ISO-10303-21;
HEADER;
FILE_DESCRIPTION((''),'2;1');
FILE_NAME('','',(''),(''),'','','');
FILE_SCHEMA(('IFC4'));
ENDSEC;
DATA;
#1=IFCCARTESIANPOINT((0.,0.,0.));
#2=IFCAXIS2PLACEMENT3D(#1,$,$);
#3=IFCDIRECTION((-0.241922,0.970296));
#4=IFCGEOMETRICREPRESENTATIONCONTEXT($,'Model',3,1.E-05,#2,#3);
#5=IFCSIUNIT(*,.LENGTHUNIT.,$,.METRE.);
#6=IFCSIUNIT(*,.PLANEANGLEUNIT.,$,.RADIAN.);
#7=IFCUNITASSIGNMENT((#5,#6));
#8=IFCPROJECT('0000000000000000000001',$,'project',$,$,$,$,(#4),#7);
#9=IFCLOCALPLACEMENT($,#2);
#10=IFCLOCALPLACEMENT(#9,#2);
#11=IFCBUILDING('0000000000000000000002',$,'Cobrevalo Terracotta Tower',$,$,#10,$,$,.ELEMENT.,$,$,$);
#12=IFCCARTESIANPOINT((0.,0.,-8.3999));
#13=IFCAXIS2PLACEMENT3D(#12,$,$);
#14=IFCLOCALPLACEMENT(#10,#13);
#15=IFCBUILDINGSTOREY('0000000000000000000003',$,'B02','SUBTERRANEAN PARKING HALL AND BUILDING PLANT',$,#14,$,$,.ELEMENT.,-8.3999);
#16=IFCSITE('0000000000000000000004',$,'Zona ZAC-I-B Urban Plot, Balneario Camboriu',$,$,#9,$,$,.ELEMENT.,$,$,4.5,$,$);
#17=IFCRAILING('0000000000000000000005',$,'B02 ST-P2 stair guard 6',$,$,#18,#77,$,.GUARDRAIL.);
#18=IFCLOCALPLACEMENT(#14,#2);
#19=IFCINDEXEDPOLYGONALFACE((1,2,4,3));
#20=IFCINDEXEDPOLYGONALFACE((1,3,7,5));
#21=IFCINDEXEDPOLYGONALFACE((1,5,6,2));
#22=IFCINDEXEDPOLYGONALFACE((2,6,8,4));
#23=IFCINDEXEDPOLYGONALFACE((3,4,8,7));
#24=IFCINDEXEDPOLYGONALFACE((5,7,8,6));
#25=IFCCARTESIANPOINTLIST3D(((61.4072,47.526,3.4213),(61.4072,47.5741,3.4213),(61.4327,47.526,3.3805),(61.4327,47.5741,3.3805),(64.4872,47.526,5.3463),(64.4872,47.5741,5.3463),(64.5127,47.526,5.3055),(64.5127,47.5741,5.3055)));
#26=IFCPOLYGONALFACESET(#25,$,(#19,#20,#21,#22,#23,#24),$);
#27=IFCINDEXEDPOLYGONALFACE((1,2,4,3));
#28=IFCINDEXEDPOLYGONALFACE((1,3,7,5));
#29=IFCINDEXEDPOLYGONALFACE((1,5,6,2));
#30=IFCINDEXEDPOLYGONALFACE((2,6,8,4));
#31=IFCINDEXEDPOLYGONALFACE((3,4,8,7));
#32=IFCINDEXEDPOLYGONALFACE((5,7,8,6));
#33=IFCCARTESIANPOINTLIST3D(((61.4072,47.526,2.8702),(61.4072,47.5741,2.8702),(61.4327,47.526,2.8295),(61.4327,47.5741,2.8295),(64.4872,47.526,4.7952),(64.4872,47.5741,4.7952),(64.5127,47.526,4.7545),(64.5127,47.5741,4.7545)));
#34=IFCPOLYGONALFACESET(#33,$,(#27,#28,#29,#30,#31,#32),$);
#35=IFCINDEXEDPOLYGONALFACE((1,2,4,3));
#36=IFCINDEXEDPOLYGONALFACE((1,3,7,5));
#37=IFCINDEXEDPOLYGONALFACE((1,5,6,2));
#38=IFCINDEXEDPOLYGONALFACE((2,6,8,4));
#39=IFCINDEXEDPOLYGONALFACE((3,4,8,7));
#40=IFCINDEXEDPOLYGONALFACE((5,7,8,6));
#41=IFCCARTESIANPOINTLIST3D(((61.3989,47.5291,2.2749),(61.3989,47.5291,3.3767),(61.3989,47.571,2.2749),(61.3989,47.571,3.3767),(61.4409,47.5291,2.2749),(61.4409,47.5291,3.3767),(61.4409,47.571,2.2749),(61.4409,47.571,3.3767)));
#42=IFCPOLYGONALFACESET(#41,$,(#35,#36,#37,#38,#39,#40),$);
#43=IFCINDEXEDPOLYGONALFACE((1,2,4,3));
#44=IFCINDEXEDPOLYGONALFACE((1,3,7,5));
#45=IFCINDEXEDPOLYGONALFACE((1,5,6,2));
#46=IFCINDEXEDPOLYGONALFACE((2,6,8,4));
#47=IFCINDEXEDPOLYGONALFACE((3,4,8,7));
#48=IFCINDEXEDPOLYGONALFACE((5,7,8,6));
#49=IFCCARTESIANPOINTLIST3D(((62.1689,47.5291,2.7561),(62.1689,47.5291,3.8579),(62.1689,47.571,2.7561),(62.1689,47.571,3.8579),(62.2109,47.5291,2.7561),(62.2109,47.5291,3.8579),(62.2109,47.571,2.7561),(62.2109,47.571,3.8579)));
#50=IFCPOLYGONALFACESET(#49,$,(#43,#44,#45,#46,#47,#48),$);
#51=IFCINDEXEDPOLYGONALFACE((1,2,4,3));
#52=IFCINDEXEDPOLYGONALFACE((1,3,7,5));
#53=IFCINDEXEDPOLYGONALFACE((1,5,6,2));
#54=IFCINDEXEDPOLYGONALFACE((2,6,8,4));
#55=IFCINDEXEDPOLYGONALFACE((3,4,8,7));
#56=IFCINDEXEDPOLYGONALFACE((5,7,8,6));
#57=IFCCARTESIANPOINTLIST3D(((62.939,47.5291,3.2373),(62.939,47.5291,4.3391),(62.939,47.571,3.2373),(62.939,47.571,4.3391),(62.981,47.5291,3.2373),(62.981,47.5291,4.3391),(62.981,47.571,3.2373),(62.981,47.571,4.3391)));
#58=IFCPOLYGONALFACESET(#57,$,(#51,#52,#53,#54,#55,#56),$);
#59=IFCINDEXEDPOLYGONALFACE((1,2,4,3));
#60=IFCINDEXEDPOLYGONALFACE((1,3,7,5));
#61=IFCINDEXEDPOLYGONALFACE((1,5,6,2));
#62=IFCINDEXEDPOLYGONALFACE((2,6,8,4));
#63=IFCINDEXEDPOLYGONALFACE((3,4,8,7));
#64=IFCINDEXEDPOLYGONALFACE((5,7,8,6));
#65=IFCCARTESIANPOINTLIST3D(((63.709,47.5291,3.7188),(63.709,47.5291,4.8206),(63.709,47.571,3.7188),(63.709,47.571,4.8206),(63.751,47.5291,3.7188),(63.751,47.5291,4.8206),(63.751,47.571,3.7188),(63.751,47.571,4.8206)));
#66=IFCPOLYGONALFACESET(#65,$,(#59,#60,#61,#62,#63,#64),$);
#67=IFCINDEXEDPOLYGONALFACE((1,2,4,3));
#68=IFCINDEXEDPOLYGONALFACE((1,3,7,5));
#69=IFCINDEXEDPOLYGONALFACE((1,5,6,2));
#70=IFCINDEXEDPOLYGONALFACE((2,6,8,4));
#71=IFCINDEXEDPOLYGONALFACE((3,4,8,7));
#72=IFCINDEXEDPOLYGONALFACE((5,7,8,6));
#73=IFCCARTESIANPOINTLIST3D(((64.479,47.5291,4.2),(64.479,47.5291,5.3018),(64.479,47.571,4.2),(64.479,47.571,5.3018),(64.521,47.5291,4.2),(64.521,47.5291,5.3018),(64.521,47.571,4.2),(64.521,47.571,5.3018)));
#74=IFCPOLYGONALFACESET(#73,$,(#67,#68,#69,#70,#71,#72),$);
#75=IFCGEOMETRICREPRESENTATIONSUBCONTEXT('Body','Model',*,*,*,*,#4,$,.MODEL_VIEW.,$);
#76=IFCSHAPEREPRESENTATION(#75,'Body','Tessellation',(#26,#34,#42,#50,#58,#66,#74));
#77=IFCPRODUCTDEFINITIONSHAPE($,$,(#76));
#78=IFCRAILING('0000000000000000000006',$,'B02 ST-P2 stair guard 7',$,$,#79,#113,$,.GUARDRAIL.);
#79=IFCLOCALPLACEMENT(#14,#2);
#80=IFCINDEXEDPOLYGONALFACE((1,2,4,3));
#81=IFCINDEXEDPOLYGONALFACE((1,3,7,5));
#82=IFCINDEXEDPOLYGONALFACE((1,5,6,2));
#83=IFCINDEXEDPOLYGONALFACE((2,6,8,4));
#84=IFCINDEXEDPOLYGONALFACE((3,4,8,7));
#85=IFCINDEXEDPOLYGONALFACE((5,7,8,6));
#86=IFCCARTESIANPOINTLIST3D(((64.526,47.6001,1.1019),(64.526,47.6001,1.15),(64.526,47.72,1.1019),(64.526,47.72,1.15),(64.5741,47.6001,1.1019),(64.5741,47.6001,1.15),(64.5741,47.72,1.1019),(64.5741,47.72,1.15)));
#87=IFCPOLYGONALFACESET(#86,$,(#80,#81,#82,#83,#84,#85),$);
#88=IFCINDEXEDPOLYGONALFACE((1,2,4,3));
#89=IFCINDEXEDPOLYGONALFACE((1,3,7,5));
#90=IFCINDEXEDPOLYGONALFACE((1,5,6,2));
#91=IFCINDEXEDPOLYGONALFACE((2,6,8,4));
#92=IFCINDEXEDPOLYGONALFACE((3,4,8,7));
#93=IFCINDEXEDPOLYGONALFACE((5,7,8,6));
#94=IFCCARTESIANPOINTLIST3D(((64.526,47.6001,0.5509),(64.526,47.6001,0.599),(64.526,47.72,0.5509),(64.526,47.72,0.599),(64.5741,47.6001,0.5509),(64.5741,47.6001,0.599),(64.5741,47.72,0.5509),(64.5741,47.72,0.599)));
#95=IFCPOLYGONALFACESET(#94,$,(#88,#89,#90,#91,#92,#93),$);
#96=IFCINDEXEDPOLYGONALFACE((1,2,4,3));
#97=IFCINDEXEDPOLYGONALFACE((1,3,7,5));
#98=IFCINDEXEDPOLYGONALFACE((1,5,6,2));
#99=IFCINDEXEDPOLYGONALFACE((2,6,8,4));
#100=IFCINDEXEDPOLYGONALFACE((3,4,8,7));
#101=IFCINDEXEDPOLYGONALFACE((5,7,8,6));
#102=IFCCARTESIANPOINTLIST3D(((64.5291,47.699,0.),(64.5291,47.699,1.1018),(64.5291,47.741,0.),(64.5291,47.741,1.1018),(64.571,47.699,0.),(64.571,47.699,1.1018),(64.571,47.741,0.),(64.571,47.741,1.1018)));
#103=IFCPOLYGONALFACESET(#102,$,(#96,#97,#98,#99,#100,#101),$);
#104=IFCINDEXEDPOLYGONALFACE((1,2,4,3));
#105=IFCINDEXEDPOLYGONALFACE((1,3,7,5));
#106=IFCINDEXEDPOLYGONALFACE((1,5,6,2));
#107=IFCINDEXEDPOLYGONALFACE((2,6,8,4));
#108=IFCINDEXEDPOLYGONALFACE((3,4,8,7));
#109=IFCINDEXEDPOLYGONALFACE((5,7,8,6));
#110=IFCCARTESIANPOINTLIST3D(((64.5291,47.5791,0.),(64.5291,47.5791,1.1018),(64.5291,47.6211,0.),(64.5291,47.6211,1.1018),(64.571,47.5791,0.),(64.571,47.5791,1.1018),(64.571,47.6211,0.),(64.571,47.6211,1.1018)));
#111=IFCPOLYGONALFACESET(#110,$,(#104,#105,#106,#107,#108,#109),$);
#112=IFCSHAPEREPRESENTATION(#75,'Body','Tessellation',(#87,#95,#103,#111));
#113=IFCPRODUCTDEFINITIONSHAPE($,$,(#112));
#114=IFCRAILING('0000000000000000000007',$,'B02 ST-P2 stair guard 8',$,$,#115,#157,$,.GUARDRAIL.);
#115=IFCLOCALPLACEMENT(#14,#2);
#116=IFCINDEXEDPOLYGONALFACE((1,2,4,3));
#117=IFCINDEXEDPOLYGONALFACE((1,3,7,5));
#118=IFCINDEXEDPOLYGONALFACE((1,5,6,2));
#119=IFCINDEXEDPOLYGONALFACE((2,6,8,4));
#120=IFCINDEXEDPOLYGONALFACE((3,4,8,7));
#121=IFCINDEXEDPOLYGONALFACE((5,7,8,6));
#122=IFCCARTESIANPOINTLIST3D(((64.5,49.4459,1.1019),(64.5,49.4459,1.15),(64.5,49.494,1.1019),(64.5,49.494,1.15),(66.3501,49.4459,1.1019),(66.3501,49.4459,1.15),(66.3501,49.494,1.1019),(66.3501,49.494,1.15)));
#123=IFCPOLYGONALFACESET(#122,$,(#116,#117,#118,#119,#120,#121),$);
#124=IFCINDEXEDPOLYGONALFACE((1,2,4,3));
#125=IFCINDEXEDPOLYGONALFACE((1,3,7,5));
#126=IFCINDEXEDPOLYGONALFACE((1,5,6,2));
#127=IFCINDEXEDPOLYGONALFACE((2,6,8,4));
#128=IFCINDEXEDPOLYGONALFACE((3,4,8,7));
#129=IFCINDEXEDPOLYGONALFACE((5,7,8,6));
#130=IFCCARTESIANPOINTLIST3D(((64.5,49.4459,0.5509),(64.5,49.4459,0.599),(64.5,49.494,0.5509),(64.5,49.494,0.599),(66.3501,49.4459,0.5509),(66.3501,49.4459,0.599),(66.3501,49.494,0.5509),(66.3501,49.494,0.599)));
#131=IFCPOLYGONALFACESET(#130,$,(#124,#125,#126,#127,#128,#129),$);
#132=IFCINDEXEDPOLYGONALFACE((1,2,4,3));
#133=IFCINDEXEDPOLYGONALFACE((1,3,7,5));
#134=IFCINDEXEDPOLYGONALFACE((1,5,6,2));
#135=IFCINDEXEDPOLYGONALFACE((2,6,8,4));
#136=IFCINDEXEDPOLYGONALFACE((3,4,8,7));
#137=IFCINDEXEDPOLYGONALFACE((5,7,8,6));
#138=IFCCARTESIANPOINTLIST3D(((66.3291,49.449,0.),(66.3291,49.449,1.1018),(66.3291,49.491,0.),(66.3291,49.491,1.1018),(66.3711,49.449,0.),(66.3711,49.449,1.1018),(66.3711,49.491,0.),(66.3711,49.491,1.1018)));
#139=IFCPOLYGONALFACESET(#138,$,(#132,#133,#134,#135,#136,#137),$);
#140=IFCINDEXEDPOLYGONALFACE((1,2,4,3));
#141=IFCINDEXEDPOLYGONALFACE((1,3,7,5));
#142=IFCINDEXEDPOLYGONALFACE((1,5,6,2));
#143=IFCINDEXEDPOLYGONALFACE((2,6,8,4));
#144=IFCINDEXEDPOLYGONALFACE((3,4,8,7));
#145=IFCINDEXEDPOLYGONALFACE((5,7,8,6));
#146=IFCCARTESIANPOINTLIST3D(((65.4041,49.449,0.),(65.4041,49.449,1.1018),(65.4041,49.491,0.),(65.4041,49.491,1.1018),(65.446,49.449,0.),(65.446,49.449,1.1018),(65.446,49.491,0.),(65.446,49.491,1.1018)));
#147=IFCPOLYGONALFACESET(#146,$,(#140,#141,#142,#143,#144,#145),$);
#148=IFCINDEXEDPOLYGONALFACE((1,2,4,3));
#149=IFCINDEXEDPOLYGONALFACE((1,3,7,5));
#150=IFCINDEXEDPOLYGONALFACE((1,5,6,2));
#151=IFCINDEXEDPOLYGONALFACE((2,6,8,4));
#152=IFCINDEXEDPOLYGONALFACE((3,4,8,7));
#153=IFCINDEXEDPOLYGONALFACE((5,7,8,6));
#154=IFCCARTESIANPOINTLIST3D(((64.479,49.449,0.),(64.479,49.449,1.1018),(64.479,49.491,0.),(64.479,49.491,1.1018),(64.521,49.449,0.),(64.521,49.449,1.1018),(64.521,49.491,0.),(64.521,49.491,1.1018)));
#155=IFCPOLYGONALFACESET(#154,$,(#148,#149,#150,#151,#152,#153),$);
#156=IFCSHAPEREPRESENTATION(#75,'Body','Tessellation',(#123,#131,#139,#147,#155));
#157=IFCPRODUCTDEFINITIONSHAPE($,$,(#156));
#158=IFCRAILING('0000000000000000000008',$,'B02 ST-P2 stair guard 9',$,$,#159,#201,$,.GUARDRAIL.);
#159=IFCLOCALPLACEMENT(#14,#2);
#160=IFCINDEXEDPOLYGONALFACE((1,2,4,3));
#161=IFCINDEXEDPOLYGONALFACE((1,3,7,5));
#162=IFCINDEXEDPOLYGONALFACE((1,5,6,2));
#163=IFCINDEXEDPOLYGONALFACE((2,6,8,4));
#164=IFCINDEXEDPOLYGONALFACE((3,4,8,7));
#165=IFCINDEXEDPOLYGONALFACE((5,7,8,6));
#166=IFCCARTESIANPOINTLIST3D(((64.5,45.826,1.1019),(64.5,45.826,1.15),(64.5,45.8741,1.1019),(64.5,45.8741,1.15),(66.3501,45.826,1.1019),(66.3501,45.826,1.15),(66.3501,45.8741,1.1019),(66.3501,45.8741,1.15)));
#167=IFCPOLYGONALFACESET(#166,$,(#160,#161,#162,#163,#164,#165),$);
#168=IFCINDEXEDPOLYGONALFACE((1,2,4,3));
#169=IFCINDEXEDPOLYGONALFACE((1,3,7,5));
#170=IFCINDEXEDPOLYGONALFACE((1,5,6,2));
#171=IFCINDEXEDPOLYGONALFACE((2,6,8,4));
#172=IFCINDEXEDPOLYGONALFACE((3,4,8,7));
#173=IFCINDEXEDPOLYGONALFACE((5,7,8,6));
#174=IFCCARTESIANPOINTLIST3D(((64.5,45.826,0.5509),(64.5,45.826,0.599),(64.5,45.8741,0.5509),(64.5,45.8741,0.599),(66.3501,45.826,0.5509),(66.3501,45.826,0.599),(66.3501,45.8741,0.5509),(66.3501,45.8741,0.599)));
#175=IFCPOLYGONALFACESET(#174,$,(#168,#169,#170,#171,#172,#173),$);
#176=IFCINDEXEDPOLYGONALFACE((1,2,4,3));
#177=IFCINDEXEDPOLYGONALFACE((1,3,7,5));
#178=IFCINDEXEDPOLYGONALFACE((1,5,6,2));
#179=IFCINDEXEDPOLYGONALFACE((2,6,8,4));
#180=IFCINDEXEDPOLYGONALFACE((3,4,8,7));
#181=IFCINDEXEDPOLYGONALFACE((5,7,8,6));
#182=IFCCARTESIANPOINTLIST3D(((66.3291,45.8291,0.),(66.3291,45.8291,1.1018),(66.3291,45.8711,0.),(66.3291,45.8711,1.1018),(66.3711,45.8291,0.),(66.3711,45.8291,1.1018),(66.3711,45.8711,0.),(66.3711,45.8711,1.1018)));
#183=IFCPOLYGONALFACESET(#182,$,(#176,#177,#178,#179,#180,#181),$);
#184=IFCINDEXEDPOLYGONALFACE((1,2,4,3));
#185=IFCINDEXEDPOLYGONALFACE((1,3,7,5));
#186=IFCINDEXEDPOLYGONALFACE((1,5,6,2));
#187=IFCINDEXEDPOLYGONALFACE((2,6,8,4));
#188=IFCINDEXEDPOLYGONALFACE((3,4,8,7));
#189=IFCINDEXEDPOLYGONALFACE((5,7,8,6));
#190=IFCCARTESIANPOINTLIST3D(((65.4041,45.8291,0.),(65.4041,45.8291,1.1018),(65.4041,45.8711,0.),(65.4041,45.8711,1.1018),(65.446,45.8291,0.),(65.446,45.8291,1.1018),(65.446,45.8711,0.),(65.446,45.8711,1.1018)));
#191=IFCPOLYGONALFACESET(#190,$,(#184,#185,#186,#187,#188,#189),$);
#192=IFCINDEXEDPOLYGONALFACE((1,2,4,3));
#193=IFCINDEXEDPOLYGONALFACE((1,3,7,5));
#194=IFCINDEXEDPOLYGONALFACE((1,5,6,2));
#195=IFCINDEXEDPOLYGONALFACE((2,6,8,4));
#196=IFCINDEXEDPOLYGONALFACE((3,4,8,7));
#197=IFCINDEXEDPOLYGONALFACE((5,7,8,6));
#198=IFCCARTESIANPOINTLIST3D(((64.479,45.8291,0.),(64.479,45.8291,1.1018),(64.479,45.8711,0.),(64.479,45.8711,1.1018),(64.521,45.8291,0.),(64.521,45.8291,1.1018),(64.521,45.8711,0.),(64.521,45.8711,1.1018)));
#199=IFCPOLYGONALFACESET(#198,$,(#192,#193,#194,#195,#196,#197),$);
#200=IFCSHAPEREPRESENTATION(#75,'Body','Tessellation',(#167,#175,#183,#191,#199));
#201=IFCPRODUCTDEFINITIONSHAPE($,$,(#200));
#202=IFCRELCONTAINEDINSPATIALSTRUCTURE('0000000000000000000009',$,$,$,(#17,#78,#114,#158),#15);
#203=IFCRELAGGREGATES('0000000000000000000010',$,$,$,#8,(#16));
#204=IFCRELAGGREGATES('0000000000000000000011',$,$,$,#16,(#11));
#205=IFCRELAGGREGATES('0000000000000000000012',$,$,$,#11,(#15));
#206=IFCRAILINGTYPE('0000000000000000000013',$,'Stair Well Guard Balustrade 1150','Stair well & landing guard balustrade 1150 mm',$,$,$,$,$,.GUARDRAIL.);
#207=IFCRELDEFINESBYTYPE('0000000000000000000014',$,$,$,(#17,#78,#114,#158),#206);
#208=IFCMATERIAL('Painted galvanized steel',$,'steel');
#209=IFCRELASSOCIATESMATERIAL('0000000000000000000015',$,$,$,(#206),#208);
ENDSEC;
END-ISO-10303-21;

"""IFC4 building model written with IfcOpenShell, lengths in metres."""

from ifc_helpers import new_model, si_unit, direction, frame, origin, origin_2d, place, context, subcontext, project, spatial, rectangle, extrude, material, type_object, element, save


model = new_model("IFC4")

# Units and contexts
model_context = context("Model", 3, precision=1e-05, world=origin(), true_north=direction((-0.241922, 0.970296)))
body_context = subcontext(model_context, "Body", "Model", "MODEL_VIEW")
ifc_project = project(units=[si_unit("LENGTHUNIT", "METRE"), si_unit("PLANEANGLEUNIT", "RADIAN")], contexts=[model_context])

# Site, building, storey
site_placement = place(None, origin())
site = spatial("IfcSite", under=ifc_project, at=site_placement, Name="Zona ZAC-I-B Urban Plot, Balneario Camboriu", CompositionType="ELEMENT", RefElevation=4.5)
building_placement = place(site_placement, origin())
building = spatial("IfcBuilding", under=site, at=building_placement, Name="Cobrevalo Terracotta Tower", CompositionType="ELEMENT")
storey_placement = place(building_placement, frame((0.0, 0.0, -8.3999)))
storey = spatial("IfcBuildingStorey", under=building, at=storey_placement, Name="B02", Description="SUBTERRANEAN PARKING HALL AND BUILDING PLANT", CompositionType="ELEMENT", Elevation=-8.3999)

# Railings
ifc_material_1 = material(Name="Painted galvanized steel", Category="steel")
railing_type_1 = type_object("IfcRailingType", Name="Stair Well Guard Balustrade 1150", Description="Stair well & landing guard balustrade 1150 mm", PredefinedType="GUARDRAIL", material=ifc_material_1)
railing_1_placement = place(storey_placement, frame((61.4199, 47.55, 2.2749)))
element("IfcRailing", 1, at=railing_1_placement, inside=storey, type_object=railing_type_1, Name="B02 ST-P2 stair guard 6", PredefinedType="GUARDRAIL", context=body_context, shape_type="SweptSolid", body=[
    extrude(rectangle(XDim=0.0481, YDim=0.0481, at=origin_2d()), frame((0.0, 0.0, 1.126), z_axis=(0.847998, 0.0, 0.529999), x_axis=(0.0, 1.0, 0.0)), (0.0, 0.0, 1.0), 3.6321),
    extrude(rectangle(XDim=0.0481, YDim=0.0481, at=origin_2d()), frame((0.0, 0.0, 0.575), z_axis=(0.847998, 0.0, 0.529999), x_axis=(0.0, 1.0, 0.0)), (0.0, 0.0, 1.0), 3.6321),
    extrude(rectangle(XDim=0.042, YDim=0.042, at=origin_2d()), origin(), (0.0, 0.0, 1.0), 1.1018),
    extrude(rectangle(XDim=0.042, YDim=0.042, at=origin_2d()), frame((0.77, 0.0, 0.4812)), (0.0, 0.0, 1.0), 1.1018),
    extrude(rectangle(XDim=0.042, YDim=0.042, at=origin_2d()), frame((1.54, 0.0, 0.9624)), (0.0, 0.0, 1.0), 1.1018),
    extrude(rectangle(XDim=0.042, YDim=0.042, at=origin_2d()), frame((2.3101, 0.0, 1.4438)), (0.0, 0.0, 1.0), 1.1018),
    extrude(rectangle(XDim=0.042, YDim=0.042, at=origin_2d()), frame((3.0801, 0.0, 1.925)), (0.0, 0.0, 1.0), 1.1018),
])
railing_2_placement = place(storey_placement, frame((64.55, 47.72, 0.0)))
element("IfcRailing", 2, at=railing_2_placement, inside=storey, type_object=railing_type_1, Name="B02 ST-P2 stair guard 7", PredefinedType="GUARDRAIL", context=body_context, shape_type="SweptSolid", body=[
    extrude(rectangle(XDim=0.0481, YDim=0.0481, at=origin_2d()), frame((0.0, 0.0, 1.126), z_axis=(0.0, -1.0, 0.0), x_axis=(1.0, 0.0, 0.0)), (0.0, 0.0, 1.0), 0.1199),
    extrude(rectangle(XDim=0.0481, YDim=0.0481, at=origin_2d()), frame((0.0, 0.0, 0.575), z_axis=(0.0, -1.0, 0.0), x_axis=(1.0, 0.0, 0.0)), (0.0, 0.0, 1.0), 0.1199),
    extrude(rectangle(XDim=0.042, YDim=0.042, at=origin_2d()), origin(), (0.0, 0.0, 1.0), 1.1018),
    extrude(rectangle(XDim=0.042, YDim=0.042, at=origin_2d()), frame((0.0, -0.1199, 0.0)), (0.0, 0.0, 1.0), 1.1018),
])
for number, where, name in (
    (3, (66.3501, 49.47, 0.0), "B02 ST-P2 stair guard 8"),
    (4, (66.3501, 45.8501, 0.0), "B02 ST-P2 stair guard 9"),
):
    element("IfcRailing", number, at=place(storey_placement, frame(where)), inside=storey, type_object=railing_type_1, Name=name, PredefinedType="GUARDRAIL", context=body_context, shape_type="SweptSolid", body=[
        extrude(rectangle(XDim=0.0481, YDim=0.0481, at=origin_2d()), frame((0.0, 0.0, 1.126), z_axis=(-1.0, 0.0, 0.0), x_axis=(0.0, -1.0, 0.0)), (0.0, 0.0, 1.0), 1.8501),
        extrude(rectangle(XDim=0.0481, YDim=0.0481, at=origin_2d()), frame((0.0, 0.0, 0.575), z_axis=(-1.0, 0.0, 0.0), x_axis=(0.0, -1.0, 0.0)), (0.0, 0.0, 1.0), 1.8501),
        extrude(rectangle(XDim=0.042, YDim=0.042, at=origin_2d()), origin(), (0.0, 0.0, 1.0), 1.1018),
        extrude(rectangle(XDim=0.042, YDim=0.042, at=origin_2d()), frame((-0.925, 0.0, 0.0)), (0.0, 0.0, 1.0), 1.1018),
        extrude(rectangle(XDim=0.042, YDim=0.042, at=origin_2d()), frame((-1.8501, 0.0, 0.0)), (0.0, 0.0, 1.0), 1.1018),
    ])

save(model, "model.ifc")
